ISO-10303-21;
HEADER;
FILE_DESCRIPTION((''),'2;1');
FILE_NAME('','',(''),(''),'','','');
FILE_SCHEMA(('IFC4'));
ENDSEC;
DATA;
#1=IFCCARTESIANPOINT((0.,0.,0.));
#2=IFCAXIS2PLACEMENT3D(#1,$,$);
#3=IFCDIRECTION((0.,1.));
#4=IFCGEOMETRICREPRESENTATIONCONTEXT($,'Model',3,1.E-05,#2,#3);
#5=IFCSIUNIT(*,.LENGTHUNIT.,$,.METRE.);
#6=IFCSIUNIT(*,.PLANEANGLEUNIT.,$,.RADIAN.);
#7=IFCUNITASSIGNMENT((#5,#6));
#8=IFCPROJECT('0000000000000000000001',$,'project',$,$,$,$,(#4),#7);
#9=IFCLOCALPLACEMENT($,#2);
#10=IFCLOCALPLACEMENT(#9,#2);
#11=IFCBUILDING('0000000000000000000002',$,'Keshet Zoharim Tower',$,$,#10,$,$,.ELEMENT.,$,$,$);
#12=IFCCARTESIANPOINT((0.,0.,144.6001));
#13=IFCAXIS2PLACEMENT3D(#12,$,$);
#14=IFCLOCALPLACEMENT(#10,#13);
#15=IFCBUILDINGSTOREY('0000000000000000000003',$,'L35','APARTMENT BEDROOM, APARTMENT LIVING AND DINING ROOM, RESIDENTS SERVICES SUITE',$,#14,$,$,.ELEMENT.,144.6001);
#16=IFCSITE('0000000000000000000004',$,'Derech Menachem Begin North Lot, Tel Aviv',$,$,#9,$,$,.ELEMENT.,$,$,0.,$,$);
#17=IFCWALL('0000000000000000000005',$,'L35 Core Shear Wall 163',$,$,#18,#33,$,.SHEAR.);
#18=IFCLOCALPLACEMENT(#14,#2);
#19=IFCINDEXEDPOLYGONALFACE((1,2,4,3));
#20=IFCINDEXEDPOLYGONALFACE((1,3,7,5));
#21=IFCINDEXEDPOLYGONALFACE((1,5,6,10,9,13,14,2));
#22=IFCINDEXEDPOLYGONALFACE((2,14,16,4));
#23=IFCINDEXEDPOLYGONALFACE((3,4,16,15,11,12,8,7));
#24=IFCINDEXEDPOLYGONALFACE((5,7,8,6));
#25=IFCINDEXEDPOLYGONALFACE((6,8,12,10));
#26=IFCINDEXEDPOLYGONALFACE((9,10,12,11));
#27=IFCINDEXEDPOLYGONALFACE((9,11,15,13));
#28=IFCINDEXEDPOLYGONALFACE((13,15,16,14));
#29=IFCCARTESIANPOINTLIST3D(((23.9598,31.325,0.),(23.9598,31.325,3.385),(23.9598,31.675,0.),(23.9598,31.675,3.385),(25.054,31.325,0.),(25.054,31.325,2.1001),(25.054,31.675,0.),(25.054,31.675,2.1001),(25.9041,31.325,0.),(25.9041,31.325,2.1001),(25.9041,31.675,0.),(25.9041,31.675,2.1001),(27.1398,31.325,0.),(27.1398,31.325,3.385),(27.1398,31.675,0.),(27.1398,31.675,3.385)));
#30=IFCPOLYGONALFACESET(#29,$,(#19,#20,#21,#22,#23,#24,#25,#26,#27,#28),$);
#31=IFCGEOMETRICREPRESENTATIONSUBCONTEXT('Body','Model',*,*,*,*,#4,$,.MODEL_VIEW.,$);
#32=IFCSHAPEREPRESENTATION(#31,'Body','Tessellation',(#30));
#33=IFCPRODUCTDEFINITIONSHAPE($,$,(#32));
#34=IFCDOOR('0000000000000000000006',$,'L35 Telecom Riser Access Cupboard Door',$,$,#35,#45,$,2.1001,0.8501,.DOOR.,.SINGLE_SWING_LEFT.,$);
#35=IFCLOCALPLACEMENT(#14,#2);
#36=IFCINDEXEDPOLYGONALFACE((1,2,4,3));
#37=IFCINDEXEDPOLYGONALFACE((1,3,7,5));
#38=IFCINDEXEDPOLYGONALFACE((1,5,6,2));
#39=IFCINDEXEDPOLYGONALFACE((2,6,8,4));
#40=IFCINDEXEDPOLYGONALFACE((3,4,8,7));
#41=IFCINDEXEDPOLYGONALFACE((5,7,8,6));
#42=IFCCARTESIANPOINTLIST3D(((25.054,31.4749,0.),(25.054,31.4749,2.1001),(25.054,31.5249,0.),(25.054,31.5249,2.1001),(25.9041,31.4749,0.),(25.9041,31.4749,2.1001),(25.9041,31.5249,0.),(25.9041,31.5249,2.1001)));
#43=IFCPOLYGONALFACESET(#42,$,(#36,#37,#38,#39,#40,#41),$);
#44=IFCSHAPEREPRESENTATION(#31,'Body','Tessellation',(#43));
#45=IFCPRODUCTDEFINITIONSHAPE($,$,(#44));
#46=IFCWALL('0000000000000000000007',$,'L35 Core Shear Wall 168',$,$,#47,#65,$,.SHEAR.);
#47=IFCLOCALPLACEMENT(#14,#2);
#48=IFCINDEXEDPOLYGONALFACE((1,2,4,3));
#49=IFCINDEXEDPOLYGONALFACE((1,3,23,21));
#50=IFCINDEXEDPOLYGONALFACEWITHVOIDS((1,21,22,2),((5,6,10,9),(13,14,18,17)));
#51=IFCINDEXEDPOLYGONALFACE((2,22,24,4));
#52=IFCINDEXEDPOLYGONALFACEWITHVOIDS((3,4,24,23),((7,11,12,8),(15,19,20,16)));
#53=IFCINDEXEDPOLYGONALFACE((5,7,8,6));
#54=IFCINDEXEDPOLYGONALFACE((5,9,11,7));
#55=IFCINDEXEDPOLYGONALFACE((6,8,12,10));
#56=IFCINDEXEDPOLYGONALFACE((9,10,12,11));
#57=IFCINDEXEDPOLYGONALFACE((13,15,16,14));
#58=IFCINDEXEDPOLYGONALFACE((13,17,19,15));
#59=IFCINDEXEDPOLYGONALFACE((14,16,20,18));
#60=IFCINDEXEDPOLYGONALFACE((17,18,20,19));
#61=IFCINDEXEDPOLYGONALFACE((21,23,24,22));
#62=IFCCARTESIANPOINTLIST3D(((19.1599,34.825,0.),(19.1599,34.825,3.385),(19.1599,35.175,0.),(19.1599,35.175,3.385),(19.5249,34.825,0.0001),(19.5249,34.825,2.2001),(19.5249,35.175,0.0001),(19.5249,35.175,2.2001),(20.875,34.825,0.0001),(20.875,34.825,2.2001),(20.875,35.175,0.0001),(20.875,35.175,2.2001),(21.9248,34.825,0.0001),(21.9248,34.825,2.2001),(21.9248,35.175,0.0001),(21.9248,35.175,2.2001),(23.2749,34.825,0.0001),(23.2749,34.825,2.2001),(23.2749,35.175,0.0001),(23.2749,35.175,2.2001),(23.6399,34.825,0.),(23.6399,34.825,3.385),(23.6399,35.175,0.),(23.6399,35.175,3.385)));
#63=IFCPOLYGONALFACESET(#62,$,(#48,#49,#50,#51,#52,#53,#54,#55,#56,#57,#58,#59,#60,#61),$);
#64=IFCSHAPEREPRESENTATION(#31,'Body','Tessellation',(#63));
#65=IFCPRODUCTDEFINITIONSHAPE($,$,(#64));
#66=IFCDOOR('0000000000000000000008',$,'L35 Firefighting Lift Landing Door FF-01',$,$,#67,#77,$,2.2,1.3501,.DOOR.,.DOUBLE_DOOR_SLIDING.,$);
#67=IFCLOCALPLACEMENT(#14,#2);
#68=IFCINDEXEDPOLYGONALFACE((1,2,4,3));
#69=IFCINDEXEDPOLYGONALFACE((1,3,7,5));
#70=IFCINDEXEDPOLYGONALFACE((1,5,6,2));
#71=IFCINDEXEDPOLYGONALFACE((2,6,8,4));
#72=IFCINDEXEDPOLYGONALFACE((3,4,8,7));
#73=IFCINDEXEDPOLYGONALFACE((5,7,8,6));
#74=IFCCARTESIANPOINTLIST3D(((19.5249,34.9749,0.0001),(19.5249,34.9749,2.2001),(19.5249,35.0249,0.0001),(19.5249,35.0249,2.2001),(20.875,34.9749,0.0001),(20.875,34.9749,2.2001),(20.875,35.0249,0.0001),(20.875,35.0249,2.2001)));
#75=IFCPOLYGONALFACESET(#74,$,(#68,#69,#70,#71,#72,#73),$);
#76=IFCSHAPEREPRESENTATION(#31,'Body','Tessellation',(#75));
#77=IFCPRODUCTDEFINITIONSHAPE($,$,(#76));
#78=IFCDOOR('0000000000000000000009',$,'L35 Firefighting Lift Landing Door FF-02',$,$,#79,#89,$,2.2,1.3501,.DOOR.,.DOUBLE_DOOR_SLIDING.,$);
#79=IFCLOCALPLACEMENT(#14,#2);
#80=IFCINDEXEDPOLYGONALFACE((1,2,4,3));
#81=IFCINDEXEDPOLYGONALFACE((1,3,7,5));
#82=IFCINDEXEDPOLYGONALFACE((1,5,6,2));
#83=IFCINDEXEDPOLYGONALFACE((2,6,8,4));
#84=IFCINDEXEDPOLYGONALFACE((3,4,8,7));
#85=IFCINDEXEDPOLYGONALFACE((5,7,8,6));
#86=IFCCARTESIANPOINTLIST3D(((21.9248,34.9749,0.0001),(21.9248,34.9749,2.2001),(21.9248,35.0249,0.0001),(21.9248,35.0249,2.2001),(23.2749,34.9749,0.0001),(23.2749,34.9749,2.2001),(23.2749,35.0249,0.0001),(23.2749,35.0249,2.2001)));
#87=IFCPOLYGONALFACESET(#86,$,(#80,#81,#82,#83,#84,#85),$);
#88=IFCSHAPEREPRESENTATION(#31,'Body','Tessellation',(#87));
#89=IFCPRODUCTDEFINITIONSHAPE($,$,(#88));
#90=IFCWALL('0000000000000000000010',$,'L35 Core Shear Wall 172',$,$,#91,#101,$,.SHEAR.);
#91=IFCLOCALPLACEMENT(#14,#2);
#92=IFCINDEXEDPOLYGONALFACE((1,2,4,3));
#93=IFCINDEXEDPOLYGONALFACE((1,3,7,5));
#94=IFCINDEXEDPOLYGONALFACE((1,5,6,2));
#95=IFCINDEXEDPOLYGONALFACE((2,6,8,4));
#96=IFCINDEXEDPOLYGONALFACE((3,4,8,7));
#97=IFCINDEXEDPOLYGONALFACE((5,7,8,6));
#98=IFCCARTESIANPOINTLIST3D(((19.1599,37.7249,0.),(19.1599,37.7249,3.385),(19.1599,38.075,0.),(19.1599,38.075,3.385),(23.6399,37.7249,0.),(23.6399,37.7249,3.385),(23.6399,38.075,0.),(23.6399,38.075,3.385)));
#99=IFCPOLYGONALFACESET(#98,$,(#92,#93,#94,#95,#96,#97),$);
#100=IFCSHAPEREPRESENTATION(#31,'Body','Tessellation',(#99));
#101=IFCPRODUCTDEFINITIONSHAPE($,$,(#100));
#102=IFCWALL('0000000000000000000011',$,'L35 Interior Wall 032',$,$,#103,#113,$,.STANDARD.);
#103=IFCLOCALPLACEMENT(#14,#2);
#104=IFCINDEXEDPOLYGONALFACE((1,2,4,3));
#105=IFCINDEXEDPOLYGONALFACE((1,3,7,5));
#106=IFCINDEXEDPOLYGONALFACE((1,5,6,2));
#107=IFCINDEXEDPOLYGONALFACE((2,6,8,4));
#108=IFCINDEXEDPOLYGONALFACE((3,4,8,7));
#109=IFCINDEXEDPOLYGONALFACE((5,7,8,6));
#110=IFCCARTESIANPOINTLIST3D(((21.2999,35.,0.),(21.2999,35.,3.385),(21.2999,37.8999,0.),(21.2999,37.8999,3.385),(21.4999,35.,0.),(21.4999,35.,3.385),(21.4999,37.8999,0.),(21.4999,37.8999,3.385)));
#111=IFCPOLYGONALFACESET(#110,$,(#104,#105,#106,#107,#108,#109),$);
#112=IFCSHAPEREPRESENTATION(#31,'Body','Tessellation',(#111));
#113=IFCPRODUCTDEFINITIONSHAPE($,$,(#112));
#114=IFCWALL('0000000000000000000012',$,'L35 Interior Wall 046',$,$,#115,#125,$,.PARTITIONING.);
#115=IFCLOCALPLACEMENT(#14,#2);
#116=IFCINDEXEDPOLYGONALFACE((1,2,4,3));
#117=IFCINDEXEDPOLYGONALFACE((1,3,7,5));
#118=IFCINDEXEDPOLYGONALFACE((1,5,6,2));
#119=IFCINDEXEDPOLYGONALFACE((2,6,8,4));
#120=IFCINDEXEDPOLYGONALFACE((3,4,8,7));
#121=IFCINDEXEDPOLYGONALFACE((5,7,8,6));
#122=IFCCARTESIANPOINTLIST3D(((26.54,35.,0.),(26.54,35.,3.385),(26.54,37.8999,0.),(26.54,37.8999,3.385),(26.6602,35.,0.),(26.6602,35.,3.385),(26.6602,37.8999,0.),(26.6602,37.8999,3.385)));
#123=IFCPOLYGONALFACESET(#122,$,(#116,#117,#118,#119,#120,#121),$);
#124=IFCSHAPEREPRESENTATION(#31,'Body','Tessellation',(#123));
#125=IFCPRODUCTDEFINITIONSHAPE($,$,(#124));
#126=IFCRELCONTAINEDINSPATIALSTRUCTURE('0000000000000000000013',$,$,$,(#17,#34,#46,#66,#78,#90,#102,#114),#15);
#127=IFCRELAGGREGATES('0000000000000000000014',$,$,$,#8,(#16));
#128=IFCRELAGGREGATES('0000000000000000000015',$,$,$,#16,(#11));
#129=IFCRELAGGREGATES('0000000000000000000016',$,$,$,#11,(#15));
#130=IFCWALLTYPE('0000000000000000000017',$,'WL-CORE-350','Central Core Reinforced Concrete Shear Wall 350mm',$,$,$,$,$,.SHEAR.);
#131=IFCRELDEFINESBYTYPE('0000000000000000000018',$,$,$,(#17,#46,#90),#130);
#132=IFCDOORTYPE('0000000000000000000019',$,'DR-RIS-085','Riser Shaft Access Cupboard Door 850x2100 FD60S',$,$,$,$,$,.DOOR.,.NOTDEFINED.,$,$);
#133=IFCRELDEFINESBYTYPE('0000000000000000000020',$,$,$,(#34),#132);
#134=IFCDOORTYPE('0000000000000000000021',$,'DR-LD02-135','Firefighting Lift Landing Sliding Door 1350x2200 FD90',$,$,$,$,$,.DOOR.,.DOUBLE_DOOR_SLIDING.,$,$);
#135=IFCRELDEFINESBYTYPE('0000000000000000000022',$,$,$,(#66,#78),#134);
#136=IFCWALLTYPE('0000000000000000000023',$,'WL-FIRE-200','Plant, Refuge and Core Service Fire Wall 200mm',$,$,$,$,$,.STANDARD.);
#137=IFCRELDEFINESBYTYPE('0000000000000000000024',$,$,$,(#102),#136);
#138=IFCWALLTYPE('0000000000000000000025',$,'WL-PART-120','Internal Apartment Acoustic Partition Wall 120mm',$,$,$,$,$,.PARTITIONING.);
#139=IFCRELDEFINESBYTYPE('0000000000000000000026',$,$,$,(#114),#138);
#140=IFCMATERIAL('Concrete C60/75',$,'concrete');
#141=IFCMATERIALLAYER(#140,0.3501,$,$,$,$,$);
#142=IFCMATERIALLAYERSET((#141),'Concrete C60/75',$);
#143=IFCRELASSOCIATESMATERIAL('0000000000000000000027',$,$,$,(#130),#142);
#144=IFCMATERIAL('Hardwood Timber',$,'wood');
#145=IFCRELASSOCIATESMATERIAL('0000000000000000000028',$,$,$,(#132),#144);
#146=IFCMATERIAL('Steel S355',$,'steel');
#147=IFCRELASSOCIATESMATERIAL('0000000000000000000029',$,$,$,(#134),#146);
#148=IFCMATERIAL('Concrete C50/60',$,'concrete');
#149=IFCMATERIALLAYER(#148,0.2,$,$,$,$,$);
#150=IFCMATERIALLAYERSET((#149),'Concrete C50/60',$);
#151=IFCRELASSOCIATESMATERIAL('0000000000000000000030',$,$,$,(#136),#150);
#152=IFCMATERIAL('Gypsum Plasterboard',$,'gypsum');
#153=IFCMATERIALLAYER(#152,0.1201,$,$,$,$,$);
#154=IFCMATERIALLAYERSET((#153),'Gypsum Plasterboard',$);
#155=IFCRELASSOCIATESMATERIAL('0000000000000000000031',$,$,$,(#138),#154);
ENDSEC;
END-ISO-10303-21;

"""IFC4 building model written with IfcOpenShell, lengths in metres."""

from ifc_helpers import new_model, si_unit, direction, frame, frame_2d, origin, place, context, subcontext, project, spatial, rectangle, extrude, material, layer, layer_set, type_object, element, fill, save


model = new_model("IFC4")

# Units and contexts
model_context = context("Model", 3, precision=1e-05, world=origin(), true_north=direction((0.0, 1.0)))
body_context = subcontext(model_context, "Body", "Model", "MODEL_VIEW")
ifc_project = project(units=[si_unit("LENGTHUNIT", "METRE"), si_unit("PLANEANGLEUNIT", "RADIAN")], contexts=[model_context])

# Site, building, storey
site_placement = place(None, origin())
site = spatial("IfcSite", under=ifc_project, at=site_placement, Name="Derech Menachem Begin North Lot, Tel Aviv", CompositionType="ELEMENT", RefElevation=0.0)
building_placement = place(site_placement, origin())
building = spatial("IfcBuilding", under=site, at=building_placement, Name="Keshet Zoharim Tower", CompositionType="ELEMENT")
storey_placement = place(building_placement, frame((0.0, 0.0, 144.6001)))
storey = spatial("IfcBuildingStorey", under=building, at=storey_placement, Name="L35", Description="APARTMENT BEDROOM, APARTMENT LIVING AND DINING ROOM, RESIDENTS SERVICES SUITE", CompositionType="ELEMENT", Elevation=144.6001)

# Shared definitions
ifc_material_1 = material(Name="Steel S355", Category="steel")

# Shared definitions
ifc_material_2 = material(Name="Gypsum Plasterboard", Category="gypsum")
ifc_material_3 = material(Name="Concrete C60/75", Category="concrete")
ifc_layer_1 = layer(ifc_material_3, 0.3501)
ifc_layer_set_1 = layer_set([ifc_layer_1], Name="Concrete C60/75")
wall_type_1 = type_object("IfcWallType", Name="WL-CORE-350", Description="Central Core Reinforced Concrete Shear Wall 350mm", PredefinedType="SHEAR", material=ifc_layer_set_1)

# Wall, opening, door
wall_1_placement = place(storey_placement, frame((23.96, 31.5, 0.0), z_axis=(0.0, 0.0, 1.0), x_axis=(1.0, 0.0, 0.0)))
wall_1 = element("IfcWall", 1, at=wall_1_placement, inside=storey, type_object=wall_type_1, Name="L35 Core Shear Wall 163", PredefinedType="SHEAR", context=body_context, shape_type="SweptSolid", body=[
    extrude(rectangle(XDim=3.1799, YDim=0.3501, at=frame_2d((1.5898, 0.0))), origin(), (0.0, 0.0, 1.0), 3.385),
])
opening_1_placement = place(wall_1_placement, frame((1.094, 0.0, 0.0)))
opening_1 = element("IfcOpeningElement", 2, at=opening_1_placement, cuts=wall_1, PredefinedType="OPENING", context=body_context, shape_type="SweptSolid", body=[
    extrude(rectangle(XDim=0.8501, YDim=2.1001, at=frame_2d((0.425, 1.05))), frame((0.0, 0.1851, 0.0), z_axis=(0.0, -1.0, 0.0), x_axis=(1.0, 0.0, 0.0)), (0.0, 0.0, 1.0), 0.3701),
])
ifc_material_4 = material(Name="Hardwood Timber", Category="wood")
door_type_1 = type_object("IfcDoorType", Name="DR-RIS-085", Description="Riser Shaft Access Cupboard Door 850x2100 FD60S", OperationType="NOTDEFINED", PredefinedType="DOOR", material=ifc_material_4)
door_1_placement = place(opening_1_placement, origin())
door_1 = element("IfcDoor", 3, at=door_1_placement, inside=storey, type_object=door_type_1, Name="L35 Telecom Riser Access Cupboard Door", OperationType="SINGLE_SWING_LEFT", OverallHeight=2.1001, OverallWidth=0.8501, PredefinedType="DOOR", context=body_context, shape_type="SweptSolid", body=[
    extrude(rectangle(XDim=0.8501, YDim=2.1001, at=frame_2d((0.425, 1.05))), frame((0.0, 0.0249, 0.0), z_axis=(0.0, -1.0, 0.0), x_axis=(1.0, 0.0, 0.0)), (0.0, 0.0, 1.0), 0.05),
])
fill(opening_1, door_1)

# Wall, openings, doors
wall_2_placement = place(storey_placement, frame((19.1599, 35.0, 0.0), z_axis=(0.0, 0.0, 1.0), x_axis=(1.0, 0.0, 0.0)))
wall_2 = element("IfcWall", 4, at=wall_2_placement, inside=storey, type_object=wall_type_1, Name="L35 Core Shear Wall 168", PredefinedType="SHEAR", context=body_context, shape_type="SweptSolid", body=[
    extrude(rectangle(XDim=4.48, YDim=0.3501, at=frame_2d((2.24, 0.0))), origin(), (0.0, 0.0, 1.0), 3.385),
])
opening_2_placement = place(wall_2_placement, frame((0.365, 0.0, 0.0)))
opening_2 = element("IfcOpeningElement", 5, at=opening_2_placement, cuts=wall_2, PredefinedType="OPENING", context=body_context, shape_type="SweptSolid", body=[
    extrude(rectangle(XDim=1.3501, YDim=2.2, at=frame_2d((0.675, 1.1001))), frame((0.0, 0.1851, 0.0), z_axis=(0.0, -1.0, 0.0), x_axis=(1.0, 0.0, 0.0)), (0.0, 0.0, 1.0), 0.3701),
])
opening_3_placement = place(wall_2_placement, frame((2.7649, 0.0, 0.0)))
opening_3 = element("IfcOpeningElement", 6, at=opening_3_placement, cuts=wall_2, PredefinedType="OPENING", context=body_context, shape_type="SweptSolid", body=[
    extrude(rectangle(XDim=1.3501, YDim=2.2, at=frame_2d((0.675, 1.1001))), frame((0.0, 0.1851, 0.0), z_axis=(0.0, -1.0, 0.0), x_axis=(1.0, 0.0, 0.0)), (0.0, 0.0, 1.0), 0.3701),
])
door_type_2 = type_object("IfcDoorType", Name="DR-LD02-135", Description="Firefighting Lift Landing Sliding Door 1350x2200 FD90", OperationType="DOUBLE_DOOR_SLIDING", PredefinedType="DOOR", material=ifc_material_1)
door_2_placement = place(opening_2_placement, origin())
door_2 = element("IfcDoor", 7, at=door_2_placement, inside=storey, type_object=door_type_2, Name="L35 Firefighting Lift Landing Door FF-01", OperationType="DOUBLE_DOOR_SLIDING", OverallHeight=2.2, OverallWidth=1.3501, PredefinedType="DOOR", context=body_context, shape_type="SweptSolid", body=[
    extrude(rectangle(XDim=1.3501, YDim=2.2, at=frame_2d((0.675, 1.1001))), frame((0.0, 0.0249, 0.0), z_axis=(0.0, -1.0, 0.0), x_axis=(1.0, 0.0, 0.0)), (0.0, 0.0, 1.0), 0.05),
])
fill(opening_2, door_2)
door_3_placement = place(opening_3_placement, origin())
door_3 = element("IfcDoor", 8, at=door_3_placement, inside=storey, type_object=door_type_2, Name="L35 Firefighting Lift Landing Door FF-02", OperationType="DOUBLE_DOOR_SLIDING", OverallHeight=2.2, OverallWidth=1.3501, PredefinedType="DOOR", context=body_context, shape_type="SweptSolid", body=[
    extrude(rectangle(XDim=1.3501, YDim=2.2, at=frame_2d((0.675, 1.1001))), frame((0.0, 0.0249, 0.0), z_axis=(0.0, -1.0, 0.0), x_axis=(1.0, 0.0, 0.0)), (0.0, 0.0, 1.0), 0.05),
])
fill(opening_3, door_3)

# Walls
wall_3_placement = place(storey_placement, frame((19.1599, 37.8999, 0.0), z_axis=(0.0, 0.0, 1.0), x_axis=(1.0, 0.0, 0.0)))
element("IfcWall", 9, at=wall_3_placement, inside=storey, type_object=wall_type_1, Name="L35 Core Shear Wall 172", PredefinedType="SHEAR", context=body_context, shape_type="SweptSolid", body=[
    extrude(rectangle(XDim=4.48, YDim=0.3501, at=frame_2d((2.24, 0.0))), origin(), (0.0, 0.0, 1.0), 3.385),
])
ifc_material_5 = material(Name="Concrete C50/60", Category="concrete")
ifc_layer_2 = layer(ifc_material_5, 0.2)
ifc_layer_set_2 = layer_set([ifc_layer_2], Name="Concrete C50/60")
wall_type_2 = type_object("IfcWallType", Name="WL-FIRE-200", Description="Plant, Refuge and Core Service Fire Wall 200mm", PredefinedType="STANDARD", material=ifc_layer_set_2)
wall_4_placement = place(storey_placement, frame((21.3999, 35.0, 0.0), z_axis=(0.0, 0.0, 1.0), x_axis=(0.0, 1.0, 0.0)))
element("IfcWall", 10, at=wall_4_placement, inside=storey, type_object=wall_type_2, Name="L35 Interior Wall 032", PredefinedType="STANDARD", context=body_context, shape_type="SweptSolid", body=[
    extrude(rectangle(XDim=2.8999, YDim=0.2, at=frame_2d((1.45, 0.0))), origin(), (0.0, 0.0, 1.0), 3.385),
])
ifc_layer_3 = layer(ifc_material_2, 0.1201)
ifc_layer_set_3 = layer_set([ifc_layer_3], Name="Gypsum Plasterboard")
wall_type_3 = type_object("IfcWallType", Name="WL-PART-120", Description="Internal Apartment Acoustic Partition Wall 120mm", PredefinedType="PARTITIONING", material=ifc_layer_set_3)
wall_5_placement = place(storey_placement, frame((26.6001, 35.0, 0.0), z_axis=(0.0, 0.0, 1.0), x_axis=(0.0, 1.0, 0.0)))
element("IfcWall", 11, at=wall_5_placement, inside=storey, type_object=wall_type_3, Name="L35 Interior Wall 046", PredefinedType="PARTITIONING", context=body_context, shape_type="SweptSolid", body=[
    extrude(rectangle(XDim=2.8999, YDim=0.1201, at=frame_2d((1.45, 0.0))), origin(), (0.0, 0.0, 1.0), 3.385),
])

save(model, "model.ifc")
